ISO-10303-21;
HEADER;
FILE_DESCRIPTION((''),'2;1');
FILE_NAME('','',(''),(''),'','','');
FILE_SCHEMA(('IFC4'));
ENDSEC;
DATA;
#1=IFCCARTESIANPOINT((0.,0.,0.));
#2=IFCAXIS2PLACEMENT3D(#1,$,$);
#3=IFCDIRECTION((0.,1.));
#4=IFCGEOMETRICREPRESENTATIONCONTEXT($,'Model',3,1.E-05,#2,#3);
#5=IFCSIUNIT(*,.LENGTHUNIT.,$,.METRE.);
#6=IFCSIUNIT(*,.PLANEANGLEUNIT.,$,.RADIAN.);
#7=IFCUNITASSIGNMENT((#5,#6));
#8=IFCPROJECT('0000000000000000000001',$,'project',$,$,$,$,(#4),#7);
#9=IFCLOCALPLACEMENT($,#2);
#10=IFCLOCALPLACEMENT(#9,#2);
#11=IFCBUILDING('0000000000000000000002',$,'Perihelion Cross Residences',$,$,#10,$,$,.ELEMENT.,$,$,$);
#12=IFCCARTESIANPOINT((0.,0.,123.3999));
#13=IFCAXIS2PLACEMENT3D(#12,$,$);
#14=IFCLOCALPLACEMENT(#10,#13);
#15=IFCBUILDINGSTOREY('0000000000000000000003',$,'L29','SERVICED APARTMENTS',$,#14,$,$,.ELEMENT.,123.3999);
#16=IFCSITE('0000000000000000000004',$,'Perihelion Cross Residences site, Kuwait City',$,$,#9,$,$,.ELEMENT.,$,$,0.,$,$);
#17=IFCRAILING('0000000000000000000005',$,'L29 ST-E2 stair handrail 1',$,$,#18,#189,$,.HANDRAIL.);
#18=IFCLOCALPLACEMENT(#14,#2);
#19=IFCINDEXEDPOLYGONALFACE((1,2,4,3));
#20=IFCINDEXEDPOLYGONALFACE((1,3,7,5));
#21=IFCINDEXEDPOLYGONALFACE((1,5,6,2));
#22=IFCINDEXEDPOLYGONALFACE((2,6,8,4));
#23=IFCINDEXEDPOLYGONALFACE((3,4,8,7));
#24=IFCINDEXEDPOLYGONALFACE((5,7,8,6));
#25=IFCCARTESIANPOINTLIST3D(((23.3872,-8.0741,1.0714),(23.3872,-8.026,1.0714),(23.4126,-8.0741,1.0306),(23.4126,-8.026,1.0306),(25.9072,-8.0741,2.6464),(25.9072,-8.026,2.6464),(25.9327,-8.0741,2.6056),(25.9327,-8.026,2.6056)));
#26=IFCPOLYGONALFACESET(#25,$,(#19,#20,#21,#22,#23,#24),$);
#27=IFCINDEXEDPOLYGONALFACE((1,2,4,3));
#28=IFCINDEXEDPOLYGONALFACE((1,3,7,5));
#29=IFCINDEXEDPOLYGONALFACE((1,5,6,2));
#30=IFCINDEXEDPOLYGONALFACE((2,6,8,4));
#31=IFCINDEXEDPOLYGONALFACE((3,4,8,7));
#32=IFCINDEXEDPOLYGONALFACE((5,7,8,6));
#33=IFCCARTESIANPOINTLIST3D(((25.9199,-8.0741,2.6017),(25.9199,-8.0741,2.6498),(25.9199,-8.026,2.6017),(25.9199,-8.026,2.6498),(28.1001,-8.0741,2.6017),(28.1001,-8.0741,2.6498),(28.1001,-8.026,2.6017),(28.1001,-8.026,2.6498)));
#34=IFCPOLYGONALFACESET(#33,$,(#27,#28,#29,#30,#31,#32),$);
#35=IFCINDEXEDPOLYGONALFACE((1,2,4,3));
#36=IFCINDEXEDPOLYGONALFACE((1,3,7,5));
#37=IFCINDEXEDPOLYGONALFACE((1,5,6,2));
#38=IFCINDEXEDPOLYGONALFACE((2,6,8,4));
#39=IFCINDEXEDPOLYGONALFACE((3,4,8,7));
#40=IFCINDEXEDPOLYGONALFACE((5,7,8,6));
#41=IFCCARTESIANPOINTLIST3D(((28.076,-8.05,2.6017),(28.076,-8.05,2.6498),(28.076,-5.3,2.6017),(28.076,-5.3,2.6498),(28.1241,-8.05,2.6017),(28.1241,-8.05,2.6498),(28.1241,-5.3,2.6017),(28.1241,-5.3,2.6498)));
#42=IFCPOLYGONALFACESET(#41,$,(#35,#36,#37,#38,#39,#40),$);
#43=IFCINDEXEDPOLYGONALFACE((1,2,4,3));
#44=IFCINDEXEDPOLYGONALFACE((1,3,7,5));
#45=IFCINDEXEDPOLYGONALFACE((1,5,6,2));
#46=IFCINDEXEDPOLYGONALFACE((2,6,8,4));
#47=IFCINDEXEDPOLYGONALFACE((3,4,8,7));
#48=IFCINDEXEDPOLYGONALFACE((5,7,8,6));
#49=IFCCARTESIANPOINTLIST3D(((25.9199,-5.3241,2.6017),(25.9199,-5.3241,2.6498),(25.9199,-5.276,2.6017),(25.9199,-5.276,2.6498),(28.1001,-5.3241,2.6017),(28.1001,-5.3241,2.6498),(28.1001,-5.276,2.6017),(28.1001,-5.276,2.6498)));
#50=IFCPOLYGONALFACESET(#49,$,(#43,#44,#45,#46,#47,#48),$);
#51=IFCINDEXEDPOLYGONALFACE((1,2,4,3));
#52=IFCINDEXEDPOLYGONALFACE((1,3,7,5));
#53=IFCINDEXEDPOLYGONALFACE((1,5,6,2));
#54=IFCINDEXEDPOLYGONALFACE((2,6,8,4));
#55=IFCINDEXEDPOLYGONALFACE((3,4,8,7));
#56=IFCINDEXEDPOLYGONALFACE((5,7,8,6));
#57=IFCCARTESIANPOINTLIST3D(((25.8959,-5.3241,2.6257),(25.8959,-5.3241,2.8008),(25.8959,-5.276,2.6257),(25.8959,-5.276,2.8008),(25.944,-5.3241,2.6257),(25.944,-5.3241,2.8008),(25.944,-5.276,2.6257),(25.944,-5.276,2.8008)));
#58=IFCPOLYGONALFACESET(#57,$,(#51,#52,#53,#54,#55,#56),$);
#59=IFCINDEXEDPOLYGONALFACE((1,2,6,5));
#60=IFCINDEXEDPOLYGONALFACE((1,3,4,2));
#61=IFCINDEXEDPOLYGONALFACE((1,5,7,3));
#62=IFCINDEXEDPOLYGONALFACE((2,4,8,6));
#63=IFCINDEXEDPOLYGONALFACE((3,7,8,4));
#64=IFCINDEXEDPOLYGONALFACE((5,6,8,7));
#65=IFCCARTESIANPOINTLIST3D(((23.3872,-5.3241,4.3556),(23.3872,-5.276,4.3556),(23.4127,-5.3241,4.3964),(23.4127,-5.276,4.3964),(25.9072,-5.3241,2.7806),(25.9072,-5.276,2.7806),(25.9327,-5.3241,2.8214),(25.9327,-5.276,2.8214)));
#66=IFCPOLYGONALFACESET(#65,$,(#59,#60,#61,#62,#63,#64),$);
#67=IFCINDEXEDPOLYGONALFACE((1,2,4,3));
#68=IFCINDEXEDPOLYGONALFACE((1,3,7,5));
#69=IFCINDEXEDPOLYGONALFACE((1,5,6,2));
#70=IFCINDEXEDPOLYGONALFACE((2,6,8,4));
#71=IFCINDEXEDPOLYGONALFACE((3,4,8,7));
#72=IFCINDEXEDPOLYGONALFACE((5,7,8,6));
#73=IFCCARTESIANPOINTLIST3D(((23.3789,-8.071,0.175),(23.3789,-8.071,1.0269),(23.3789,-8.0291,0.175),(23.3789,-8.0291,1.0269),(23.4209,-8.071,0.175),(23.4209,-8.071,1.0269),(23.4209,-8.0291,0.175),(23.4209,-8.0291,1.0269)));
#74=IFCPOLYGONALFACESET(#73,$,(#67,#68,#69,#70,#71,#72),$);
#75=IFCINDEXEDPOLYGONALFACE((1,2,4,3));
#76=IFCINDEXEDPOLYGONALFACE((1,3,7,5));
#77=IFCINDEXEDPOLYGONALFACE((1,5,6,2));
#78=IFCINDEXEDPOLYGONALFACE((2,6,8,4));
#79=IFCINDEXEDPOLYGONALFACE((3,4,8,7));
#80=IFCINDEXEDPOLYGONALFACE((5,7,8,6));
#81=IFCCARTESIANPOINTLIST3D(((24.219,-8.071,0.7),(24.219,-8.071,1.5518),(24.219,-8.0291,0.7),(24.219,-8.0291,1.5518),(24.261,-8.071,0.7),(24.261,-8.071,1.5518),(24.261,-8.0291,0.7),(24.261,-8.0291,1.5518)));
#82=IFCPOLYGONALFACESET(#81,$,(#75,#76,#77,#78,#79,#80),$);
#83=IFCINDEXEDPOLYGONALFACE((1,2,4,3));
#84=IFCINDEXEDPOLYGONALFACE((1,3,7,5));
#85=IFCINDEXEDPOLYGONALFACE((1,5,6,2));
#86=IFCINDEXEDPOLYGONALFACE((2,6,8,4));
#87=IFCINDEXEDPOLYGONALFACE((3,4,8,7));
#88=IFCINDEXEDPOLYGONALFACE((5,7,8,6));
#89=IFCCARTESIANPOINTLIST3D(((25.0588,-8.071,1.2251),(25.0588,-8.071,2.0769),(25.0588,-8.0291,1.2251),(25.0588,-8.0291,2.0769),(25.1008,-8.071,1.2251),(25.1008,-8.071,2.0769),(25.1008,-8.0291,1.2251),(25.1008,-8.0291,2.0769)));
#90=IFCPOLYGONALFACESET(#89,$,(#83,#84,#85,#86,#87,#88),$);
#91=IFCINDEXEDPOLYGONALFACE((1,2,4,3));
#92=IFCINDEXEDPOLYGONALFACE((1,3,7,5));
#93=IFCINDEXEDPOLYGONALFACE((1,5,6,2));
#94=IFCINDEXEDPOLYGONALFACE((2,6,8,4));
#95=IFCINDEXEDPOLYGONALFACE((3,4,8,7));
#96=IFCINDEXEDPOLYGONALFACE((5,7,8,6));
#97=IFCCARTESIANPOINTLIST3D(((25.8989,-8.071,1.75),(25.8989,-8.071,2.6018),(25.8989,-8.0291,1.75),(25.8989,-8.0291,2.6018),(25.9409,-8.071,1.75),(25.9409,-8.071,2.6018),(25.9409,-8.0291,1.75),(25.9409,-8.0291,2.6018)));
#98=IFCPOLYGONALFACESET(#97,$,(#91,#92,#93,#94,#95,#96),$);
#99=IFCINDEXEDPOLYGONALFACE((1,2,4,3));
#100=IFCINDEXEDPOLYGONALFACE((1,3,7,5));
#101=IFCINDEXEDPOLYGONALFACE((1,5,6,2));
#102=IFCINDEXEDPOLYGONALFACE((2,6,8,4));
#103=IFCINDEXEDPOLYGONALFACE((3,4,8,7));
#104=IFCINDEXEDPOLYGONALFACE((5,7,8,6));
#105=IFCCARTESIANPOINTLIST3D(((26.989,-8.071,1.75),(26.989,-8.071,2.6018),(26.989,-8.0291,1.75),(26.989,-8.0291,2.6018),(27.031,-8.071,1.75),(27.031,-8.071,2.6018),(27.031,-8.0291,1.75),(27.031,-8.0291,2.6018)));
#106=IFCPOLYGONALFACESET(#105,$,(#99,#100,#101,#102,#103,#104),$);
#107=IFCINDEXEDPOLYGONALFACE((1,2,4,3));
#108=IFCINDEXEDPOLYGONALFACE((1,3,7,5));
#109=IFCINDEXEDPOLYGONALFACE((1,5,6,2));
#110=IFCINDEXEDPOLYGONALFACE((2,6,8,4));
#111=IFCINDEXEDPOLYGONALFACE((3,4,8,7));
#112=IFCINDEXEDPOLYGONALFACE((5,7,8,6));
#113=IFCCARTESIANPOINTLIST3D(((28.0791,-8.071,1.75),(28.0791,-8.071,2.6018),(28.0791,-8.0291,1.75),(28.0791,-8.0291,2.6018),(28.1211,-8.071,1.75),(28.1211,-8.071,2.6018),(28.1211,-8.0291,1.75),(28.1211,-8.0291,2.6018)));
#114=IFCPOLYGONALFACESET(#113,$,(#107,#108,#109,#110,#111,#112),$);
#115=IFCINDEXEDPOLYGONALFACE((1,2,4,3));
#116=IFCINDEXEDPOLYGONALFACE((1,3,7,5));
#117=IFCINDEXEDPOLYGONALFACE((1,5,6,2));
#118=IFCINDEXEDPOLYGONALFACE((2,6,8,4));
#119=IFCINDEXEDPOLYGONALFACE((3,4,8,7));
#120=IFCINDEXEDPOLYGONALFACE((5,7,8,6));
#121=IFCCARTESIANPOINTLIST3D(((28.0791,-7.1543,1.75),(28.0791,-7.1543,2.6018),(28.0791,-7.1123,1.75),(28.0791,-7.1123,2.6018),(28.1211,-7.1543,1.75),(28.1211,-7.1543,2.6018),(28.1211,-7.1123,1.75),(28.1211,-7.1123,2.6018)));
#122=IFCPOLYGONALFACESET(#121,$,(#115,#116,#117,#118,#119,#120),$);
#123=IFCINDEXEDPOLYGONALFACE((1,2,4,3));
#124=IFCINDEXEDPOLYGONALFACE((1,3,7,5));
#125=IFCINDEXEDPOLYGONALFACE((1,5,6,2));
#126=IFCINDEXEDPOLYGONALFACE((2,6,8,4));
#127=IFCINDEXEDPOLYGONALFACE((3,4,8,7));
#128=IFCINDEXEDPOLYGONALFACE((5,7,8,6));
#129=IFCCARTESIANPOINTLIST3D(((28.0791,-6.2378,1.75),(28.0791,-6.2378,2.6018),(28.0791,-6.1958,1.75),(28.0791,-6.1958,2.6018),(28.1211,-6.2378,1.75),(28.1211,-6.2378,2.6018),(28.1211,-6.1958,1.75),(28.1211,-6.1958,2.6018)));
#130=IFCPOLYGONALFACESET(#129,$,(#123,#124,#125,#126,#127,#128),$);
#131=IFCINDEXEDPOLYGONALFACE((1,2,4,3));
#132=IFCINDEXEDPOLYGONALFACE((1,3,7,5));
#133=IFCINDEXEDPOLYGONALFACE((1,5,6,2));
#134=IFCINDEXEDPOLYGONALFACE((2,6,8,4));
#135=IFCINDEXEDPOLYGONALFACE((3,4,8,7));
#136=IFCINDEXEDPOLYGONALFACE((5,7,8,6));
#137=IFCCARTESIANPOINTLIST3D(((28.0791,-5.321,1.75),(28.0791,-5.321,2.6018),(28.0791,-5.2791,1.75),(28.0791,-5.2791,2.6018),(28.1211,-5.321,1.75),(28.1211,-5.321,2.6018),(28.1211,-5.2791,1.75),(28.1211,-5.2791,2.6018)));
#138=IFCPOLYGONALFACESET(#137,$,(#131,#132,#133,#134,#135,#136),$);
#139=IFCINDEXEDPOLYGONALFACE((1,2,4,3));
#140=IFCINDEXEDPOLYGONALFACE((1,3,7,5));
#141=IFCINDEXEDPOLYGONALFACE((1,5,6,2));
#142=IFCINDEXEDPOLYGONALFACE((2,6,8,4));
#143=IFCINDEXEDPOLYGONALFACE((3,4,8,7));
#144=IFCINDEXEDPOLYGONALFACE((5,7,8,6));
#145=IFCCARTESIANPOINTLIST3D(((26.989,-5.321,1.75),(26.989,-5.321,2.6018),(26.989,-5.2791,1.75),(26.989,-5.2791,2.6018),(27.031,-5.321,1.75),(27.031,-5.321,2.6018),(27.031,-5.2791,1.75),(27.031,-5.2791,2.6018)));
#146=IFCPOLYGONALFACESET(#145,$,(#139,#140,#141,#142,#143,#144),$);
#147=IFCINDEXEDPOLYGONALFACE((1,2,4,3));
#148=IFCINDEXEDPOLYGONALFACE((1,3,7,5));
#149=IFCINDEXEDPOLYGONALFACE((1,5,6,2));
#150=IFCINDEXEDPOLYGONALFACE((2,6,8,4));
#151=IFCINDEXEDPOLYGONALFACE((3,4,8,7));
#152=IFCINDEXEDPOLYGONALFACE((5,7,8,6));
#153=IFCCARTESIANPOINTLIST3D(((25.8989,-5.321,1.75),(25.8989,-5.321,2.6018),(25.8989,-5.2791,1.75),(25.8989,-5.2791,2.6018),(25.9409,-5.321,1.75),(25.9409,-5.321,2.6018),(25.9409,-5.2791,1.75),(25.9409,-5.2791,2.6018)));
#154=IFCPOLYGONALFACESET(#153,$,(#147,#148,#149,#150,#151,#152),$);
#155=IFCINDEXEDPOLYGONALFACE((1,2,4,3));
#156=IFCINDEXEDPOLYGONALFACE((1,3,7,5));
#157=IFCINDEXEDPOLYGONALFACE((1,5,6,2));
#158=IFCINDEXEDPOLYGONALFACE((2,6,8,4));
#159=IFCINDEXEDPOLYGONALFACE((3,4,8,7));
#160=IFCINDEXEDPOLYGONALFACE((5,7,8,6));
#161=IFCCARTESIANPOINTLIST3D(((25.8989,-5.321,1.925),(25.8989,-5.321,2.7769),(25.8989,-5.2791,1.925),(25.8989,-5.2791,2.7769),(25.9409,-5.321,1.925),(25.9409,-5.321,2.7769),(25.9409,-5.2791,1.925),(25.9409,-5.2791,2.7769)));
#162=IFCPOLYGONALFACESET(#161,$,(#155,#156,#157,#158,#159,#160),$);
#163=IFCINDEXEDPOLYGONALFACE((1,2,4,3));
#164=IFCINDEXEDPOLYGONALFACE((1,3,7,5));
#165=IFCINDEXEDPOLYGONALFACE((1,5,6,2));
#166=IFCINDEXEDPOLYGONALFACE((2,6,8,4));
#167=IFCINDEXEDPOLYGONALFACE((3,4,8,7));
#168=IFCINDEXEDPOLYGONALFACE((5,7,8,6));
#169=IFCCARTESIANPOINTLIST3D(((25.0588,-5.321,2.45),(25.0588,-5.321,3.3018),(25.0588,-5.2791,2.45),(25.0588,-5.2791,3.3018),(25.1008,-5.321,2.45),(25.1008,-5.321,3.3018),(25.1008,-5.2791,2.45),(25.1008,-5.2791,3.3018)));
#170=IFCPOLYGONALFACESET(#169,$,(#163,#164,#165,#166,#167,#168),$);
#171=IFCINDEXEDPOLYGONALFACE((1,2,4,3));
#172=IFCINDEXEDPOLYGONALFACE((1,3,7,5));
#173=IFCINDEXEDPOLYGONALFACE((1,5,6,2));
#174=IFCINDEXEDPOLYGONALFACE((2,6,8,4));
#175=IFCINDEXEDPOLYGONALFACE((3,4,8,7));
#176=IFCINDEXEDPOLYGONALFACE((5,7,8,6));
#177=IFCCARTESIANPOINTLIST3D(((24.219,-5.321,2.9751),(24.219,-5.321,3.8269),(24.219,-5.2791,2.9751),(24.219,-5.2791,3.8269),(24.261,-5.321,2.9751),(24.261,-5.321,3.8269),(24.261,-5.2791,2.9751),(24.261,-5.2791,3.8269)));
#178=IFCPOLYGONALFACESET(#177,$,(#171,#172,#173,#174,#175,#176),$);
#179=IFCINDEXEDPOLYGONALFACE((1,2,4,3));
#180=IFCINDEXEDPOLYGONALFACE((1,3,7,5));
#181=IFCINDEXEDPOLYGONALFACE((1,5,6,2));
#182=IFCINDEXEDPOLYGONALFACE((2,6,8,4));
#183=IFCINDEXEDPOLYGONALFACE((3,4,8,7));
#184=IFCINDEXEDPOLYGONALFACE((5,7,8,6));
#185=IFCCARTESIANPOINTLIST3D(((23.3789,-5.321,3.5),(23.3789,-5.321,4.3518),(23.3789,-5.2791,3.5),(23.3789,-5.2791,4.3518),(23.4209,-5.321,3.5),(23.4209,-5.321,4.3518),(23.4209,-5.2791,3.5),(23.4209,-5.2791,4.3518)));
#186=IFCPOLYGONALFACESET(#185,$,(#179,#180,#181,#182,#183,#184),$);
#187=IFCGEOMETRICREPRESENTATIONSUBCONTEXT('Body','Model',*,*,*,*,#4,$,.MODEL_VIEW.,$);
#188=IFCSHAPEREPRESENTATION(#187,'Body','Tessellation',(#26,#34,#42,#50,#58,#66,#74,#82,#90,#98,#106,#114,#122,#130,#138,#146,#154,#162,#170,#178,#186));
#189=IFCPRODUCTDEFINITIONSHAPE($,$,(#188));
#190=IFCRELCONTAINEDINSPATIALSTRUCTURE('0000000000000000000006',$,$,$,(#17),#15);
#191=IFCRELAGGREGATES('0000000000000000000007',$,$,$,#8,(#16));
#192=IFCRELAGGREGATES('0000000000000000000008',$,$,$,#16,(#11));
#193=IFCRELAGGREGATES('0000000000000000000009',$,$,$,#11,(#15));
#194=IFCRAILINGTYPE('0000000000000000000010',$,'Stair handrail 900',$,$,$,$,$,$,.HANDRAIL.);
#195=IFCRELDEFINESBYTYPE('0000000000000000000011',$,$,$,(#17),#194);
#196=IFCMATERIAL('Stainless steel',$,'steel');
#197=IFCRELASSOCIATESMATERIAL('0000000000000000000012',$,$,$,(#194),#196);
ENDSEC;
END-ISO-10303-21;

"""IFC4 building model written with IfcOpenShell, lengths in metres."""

from ifc_helpers import new_model, si_unit, direction, frame, origin, origin_2d, place, context, subcontext, project, spatial, rectangle, extrude, material, type_object, element, save


model = new_model("IFC4")

# Units and contexts
model_context = context("Model", 3, precision=1e-05, world=origin(), true_north=direction((0.0, 1.0)))
body_context = subcontext(model_context, "Body", "Model", "MODEL_VIEW")
ifc_project = project(units=[si_unit("LENGTHUNIT", "METRE"), si_unit("PLANEANGLEUNIT", "RADIAN")], contexts=[model_context])

# Site, building, storey
site_placement = place(None, origin())
site = spatial("IfcSite", under=ifc_project, at=site_placement, Name="Perihelion Cross Residences site, Kuwait City", CompositionType="ELEMENT", RefElevation=0.0)
building_placement = place(site_placement, origin())
building = spatial("IfcBuilding", under=site, at=building_placement, Name="Perihelion Cross Residences", CompositionType="ELEMENT")
storey_placement = place(building_placement, frame((0.0, 0.0, 123.3999)))
storey = spatial("IfcBuildingStorey", under=building, at=storey_placement, Name="L29", Description="SERVICED APARTMENTS", CompositionType="ELEMENT", Elevation=123.3999)

# Railing
ifc_material_1 = material(Name="Stainless steel", Category="steel")
railing_type_1 = type_object("IfcRailingType", Name="Stair handrail 900", PredefinedType="HANDRAIL", material=ifc_material_1)
railing_1_placement = place(storey_placement, frame((23.3999, -8.05, 0.175)))
element("IfcRailing", 1, at=railing_1_placement, inside=storey, type_object=railing_type_1, Name="L29 ST-E2 stair handrail 1", PredefinedType="HANDRAIL", context=body_context, shape_type="SweptSolid", body=[
    extrude(rectangle(XDim=0.0481, YDim=0.0481, at=origin_2d()), frame((0.0, 0.0, 0.876), z_axis=(0.848008, 0.0, 0.529984), x_axis=(0.0, 1.0, 0.0)), (0.0, 0.0, 1.0), 2.9717),
    extrude(rectangle(XDim=0.0481, YDim=0.0481, at=origin_2d()), frame((2.52, 0.0, 2.4507), z_axis=(1.0, 0.0, 0.0), x_axis=(0.0, 1.0, 0.0)), (0.0, 0.0, 1.0), 2.1802),
    extrude(rectangle(XDim=0.0481, YDim=0.0481, at=origin_2d()), frame((4.7002, 0.0, 2.4507), z_axis=(0.0, 1.0, 0.0), x_axis=(-1.0, 0.0, 0.0)), (0.0, 0.0, 1.0), 2.75),
    extrude(rectangle(XDim=0.0481, YDim=0.0481, at=origin_2d()), frame((4.7002, 2.75, 2.4507), z_axis=(-1.0, 0.0, 0.0), x_axis=(0.0, -1.0, 0.0)), (0.0, 0.0, 1.0), 2.1802),
    extrude(rectangle(XDim=0.0481, YDim=0.0481, at=origin_2d()), frame((2.52, 2.75, 2.4507), z_axis=(0.0, 0.0, 1.0), x_axis=(1.0, 0.0, 0.0)), (0.0, 0.0, 1.0), 0.175),
    extrude(rectangle(XDim=0.0481, YDim=0.0481, at=origin_2d()), frame((2.52, 2.75, 2.626), z_axis=(-0.848008, 0.0, 0.529984), x_axis=(0.0, -1.0, 0.0)), (0.0, 0.0, 1.0), 2.9717),
    extrude(rectangle(XDim=0.042, YDim=0.042, at=origin_2d()), origin(), (0.0, 0.0, 1.0), 0.8518),
    extrude(rectangle(XDim=0.042, YDim=0.042, at=origin_2d()), frame((0.8401, 0.0, 0.5249)), (0.0, 0.0, 1.0), 0.8518),
    extrude(rectangle(XDim=0.042, YDim=0.042, at=origin_2d()), frame((1.6799, 0.0, 1.05)), (0.0, 0.0, 1.0), 0.8518),
    extrude(rectangle(XDim=0.042, YDim=0.042, at=origin_2d()), frame((2.52, 0.0, 1.575)), (0.0, 0.0, 1.0), 0.8518),
    extrude(rectangle(XDim=0.042, YDim=0.042, at=origin_2d()), frame((3.6101, 0.0, 1.575)), (0.0, 0.0, 1.0), 0.8518),
    extrude(rectangle(XDim=0.042, YDim=0.042, at=origin_2d()), frame((4.7002, 0.0, 1.575)), (0.0, 0.0, 1.0), 0.8518),
    extrude(rectangle(XDim=0.042, YDim=0.042, at=origin_2d()), frame((4.7002, 0.9167, 1.575)), (0.0, 0.0, 1.0), 0.8518),
    extrude(rectangle(XDim=0.042, YDim=0.042, at=origin_2d()), frame((4.7002, 1.8333, 1.575)), (0.0, 0.0, 1.0), 0.8518),
    extrude(rectangle(XDim=0.042, YDim=0.042, at=origin_2d()), frame((4.7002, 2.75, 1.575)), (0.0, 0.0, 1.0), 0.8518),
    extrude(rectangle(XDim=0.042, YDim=0.042, at=origin_2d()), frame((3.6101, 2.75, 1.575)), (0.0, 0.0, 1.0), 0.8518),
    extrude(rectangle(XDim=0.042, YDim=0.042, at=origin_2d()), frame((2.52, 2.75, 1.575)), (0.0, 0.0, 1.0), 0.8518),
    extrude(rectangle(XDim=0.042, YDim=0.042, at=origin_2d()), frame((2.52, 2.75, 1.75)), (0.0, 0.0, 1.0), 0.8518),
    extrude(rectangle(XDim=0.042, YDim=0.042, at=origin_2d()), frame((1.6799, 2.75, 2.2749)), (0.0, 0.0, 1.0), 0.8518),
    extrude(rectangle(XDim=0.042, YDim=0.042, at=origin_2d()), frame((0.8401, 2.75, 2.8)), (0.0, 0.0, 1.0), 0.8518),
    extrude(rectangle(XDim=0.042, YDim=0.042, at=origin_2d()), frame((0.0, 2.75, 3.325)), (0.0, 0.0, 1.0), 0.8518),
])

save(model, "model.ifc")
